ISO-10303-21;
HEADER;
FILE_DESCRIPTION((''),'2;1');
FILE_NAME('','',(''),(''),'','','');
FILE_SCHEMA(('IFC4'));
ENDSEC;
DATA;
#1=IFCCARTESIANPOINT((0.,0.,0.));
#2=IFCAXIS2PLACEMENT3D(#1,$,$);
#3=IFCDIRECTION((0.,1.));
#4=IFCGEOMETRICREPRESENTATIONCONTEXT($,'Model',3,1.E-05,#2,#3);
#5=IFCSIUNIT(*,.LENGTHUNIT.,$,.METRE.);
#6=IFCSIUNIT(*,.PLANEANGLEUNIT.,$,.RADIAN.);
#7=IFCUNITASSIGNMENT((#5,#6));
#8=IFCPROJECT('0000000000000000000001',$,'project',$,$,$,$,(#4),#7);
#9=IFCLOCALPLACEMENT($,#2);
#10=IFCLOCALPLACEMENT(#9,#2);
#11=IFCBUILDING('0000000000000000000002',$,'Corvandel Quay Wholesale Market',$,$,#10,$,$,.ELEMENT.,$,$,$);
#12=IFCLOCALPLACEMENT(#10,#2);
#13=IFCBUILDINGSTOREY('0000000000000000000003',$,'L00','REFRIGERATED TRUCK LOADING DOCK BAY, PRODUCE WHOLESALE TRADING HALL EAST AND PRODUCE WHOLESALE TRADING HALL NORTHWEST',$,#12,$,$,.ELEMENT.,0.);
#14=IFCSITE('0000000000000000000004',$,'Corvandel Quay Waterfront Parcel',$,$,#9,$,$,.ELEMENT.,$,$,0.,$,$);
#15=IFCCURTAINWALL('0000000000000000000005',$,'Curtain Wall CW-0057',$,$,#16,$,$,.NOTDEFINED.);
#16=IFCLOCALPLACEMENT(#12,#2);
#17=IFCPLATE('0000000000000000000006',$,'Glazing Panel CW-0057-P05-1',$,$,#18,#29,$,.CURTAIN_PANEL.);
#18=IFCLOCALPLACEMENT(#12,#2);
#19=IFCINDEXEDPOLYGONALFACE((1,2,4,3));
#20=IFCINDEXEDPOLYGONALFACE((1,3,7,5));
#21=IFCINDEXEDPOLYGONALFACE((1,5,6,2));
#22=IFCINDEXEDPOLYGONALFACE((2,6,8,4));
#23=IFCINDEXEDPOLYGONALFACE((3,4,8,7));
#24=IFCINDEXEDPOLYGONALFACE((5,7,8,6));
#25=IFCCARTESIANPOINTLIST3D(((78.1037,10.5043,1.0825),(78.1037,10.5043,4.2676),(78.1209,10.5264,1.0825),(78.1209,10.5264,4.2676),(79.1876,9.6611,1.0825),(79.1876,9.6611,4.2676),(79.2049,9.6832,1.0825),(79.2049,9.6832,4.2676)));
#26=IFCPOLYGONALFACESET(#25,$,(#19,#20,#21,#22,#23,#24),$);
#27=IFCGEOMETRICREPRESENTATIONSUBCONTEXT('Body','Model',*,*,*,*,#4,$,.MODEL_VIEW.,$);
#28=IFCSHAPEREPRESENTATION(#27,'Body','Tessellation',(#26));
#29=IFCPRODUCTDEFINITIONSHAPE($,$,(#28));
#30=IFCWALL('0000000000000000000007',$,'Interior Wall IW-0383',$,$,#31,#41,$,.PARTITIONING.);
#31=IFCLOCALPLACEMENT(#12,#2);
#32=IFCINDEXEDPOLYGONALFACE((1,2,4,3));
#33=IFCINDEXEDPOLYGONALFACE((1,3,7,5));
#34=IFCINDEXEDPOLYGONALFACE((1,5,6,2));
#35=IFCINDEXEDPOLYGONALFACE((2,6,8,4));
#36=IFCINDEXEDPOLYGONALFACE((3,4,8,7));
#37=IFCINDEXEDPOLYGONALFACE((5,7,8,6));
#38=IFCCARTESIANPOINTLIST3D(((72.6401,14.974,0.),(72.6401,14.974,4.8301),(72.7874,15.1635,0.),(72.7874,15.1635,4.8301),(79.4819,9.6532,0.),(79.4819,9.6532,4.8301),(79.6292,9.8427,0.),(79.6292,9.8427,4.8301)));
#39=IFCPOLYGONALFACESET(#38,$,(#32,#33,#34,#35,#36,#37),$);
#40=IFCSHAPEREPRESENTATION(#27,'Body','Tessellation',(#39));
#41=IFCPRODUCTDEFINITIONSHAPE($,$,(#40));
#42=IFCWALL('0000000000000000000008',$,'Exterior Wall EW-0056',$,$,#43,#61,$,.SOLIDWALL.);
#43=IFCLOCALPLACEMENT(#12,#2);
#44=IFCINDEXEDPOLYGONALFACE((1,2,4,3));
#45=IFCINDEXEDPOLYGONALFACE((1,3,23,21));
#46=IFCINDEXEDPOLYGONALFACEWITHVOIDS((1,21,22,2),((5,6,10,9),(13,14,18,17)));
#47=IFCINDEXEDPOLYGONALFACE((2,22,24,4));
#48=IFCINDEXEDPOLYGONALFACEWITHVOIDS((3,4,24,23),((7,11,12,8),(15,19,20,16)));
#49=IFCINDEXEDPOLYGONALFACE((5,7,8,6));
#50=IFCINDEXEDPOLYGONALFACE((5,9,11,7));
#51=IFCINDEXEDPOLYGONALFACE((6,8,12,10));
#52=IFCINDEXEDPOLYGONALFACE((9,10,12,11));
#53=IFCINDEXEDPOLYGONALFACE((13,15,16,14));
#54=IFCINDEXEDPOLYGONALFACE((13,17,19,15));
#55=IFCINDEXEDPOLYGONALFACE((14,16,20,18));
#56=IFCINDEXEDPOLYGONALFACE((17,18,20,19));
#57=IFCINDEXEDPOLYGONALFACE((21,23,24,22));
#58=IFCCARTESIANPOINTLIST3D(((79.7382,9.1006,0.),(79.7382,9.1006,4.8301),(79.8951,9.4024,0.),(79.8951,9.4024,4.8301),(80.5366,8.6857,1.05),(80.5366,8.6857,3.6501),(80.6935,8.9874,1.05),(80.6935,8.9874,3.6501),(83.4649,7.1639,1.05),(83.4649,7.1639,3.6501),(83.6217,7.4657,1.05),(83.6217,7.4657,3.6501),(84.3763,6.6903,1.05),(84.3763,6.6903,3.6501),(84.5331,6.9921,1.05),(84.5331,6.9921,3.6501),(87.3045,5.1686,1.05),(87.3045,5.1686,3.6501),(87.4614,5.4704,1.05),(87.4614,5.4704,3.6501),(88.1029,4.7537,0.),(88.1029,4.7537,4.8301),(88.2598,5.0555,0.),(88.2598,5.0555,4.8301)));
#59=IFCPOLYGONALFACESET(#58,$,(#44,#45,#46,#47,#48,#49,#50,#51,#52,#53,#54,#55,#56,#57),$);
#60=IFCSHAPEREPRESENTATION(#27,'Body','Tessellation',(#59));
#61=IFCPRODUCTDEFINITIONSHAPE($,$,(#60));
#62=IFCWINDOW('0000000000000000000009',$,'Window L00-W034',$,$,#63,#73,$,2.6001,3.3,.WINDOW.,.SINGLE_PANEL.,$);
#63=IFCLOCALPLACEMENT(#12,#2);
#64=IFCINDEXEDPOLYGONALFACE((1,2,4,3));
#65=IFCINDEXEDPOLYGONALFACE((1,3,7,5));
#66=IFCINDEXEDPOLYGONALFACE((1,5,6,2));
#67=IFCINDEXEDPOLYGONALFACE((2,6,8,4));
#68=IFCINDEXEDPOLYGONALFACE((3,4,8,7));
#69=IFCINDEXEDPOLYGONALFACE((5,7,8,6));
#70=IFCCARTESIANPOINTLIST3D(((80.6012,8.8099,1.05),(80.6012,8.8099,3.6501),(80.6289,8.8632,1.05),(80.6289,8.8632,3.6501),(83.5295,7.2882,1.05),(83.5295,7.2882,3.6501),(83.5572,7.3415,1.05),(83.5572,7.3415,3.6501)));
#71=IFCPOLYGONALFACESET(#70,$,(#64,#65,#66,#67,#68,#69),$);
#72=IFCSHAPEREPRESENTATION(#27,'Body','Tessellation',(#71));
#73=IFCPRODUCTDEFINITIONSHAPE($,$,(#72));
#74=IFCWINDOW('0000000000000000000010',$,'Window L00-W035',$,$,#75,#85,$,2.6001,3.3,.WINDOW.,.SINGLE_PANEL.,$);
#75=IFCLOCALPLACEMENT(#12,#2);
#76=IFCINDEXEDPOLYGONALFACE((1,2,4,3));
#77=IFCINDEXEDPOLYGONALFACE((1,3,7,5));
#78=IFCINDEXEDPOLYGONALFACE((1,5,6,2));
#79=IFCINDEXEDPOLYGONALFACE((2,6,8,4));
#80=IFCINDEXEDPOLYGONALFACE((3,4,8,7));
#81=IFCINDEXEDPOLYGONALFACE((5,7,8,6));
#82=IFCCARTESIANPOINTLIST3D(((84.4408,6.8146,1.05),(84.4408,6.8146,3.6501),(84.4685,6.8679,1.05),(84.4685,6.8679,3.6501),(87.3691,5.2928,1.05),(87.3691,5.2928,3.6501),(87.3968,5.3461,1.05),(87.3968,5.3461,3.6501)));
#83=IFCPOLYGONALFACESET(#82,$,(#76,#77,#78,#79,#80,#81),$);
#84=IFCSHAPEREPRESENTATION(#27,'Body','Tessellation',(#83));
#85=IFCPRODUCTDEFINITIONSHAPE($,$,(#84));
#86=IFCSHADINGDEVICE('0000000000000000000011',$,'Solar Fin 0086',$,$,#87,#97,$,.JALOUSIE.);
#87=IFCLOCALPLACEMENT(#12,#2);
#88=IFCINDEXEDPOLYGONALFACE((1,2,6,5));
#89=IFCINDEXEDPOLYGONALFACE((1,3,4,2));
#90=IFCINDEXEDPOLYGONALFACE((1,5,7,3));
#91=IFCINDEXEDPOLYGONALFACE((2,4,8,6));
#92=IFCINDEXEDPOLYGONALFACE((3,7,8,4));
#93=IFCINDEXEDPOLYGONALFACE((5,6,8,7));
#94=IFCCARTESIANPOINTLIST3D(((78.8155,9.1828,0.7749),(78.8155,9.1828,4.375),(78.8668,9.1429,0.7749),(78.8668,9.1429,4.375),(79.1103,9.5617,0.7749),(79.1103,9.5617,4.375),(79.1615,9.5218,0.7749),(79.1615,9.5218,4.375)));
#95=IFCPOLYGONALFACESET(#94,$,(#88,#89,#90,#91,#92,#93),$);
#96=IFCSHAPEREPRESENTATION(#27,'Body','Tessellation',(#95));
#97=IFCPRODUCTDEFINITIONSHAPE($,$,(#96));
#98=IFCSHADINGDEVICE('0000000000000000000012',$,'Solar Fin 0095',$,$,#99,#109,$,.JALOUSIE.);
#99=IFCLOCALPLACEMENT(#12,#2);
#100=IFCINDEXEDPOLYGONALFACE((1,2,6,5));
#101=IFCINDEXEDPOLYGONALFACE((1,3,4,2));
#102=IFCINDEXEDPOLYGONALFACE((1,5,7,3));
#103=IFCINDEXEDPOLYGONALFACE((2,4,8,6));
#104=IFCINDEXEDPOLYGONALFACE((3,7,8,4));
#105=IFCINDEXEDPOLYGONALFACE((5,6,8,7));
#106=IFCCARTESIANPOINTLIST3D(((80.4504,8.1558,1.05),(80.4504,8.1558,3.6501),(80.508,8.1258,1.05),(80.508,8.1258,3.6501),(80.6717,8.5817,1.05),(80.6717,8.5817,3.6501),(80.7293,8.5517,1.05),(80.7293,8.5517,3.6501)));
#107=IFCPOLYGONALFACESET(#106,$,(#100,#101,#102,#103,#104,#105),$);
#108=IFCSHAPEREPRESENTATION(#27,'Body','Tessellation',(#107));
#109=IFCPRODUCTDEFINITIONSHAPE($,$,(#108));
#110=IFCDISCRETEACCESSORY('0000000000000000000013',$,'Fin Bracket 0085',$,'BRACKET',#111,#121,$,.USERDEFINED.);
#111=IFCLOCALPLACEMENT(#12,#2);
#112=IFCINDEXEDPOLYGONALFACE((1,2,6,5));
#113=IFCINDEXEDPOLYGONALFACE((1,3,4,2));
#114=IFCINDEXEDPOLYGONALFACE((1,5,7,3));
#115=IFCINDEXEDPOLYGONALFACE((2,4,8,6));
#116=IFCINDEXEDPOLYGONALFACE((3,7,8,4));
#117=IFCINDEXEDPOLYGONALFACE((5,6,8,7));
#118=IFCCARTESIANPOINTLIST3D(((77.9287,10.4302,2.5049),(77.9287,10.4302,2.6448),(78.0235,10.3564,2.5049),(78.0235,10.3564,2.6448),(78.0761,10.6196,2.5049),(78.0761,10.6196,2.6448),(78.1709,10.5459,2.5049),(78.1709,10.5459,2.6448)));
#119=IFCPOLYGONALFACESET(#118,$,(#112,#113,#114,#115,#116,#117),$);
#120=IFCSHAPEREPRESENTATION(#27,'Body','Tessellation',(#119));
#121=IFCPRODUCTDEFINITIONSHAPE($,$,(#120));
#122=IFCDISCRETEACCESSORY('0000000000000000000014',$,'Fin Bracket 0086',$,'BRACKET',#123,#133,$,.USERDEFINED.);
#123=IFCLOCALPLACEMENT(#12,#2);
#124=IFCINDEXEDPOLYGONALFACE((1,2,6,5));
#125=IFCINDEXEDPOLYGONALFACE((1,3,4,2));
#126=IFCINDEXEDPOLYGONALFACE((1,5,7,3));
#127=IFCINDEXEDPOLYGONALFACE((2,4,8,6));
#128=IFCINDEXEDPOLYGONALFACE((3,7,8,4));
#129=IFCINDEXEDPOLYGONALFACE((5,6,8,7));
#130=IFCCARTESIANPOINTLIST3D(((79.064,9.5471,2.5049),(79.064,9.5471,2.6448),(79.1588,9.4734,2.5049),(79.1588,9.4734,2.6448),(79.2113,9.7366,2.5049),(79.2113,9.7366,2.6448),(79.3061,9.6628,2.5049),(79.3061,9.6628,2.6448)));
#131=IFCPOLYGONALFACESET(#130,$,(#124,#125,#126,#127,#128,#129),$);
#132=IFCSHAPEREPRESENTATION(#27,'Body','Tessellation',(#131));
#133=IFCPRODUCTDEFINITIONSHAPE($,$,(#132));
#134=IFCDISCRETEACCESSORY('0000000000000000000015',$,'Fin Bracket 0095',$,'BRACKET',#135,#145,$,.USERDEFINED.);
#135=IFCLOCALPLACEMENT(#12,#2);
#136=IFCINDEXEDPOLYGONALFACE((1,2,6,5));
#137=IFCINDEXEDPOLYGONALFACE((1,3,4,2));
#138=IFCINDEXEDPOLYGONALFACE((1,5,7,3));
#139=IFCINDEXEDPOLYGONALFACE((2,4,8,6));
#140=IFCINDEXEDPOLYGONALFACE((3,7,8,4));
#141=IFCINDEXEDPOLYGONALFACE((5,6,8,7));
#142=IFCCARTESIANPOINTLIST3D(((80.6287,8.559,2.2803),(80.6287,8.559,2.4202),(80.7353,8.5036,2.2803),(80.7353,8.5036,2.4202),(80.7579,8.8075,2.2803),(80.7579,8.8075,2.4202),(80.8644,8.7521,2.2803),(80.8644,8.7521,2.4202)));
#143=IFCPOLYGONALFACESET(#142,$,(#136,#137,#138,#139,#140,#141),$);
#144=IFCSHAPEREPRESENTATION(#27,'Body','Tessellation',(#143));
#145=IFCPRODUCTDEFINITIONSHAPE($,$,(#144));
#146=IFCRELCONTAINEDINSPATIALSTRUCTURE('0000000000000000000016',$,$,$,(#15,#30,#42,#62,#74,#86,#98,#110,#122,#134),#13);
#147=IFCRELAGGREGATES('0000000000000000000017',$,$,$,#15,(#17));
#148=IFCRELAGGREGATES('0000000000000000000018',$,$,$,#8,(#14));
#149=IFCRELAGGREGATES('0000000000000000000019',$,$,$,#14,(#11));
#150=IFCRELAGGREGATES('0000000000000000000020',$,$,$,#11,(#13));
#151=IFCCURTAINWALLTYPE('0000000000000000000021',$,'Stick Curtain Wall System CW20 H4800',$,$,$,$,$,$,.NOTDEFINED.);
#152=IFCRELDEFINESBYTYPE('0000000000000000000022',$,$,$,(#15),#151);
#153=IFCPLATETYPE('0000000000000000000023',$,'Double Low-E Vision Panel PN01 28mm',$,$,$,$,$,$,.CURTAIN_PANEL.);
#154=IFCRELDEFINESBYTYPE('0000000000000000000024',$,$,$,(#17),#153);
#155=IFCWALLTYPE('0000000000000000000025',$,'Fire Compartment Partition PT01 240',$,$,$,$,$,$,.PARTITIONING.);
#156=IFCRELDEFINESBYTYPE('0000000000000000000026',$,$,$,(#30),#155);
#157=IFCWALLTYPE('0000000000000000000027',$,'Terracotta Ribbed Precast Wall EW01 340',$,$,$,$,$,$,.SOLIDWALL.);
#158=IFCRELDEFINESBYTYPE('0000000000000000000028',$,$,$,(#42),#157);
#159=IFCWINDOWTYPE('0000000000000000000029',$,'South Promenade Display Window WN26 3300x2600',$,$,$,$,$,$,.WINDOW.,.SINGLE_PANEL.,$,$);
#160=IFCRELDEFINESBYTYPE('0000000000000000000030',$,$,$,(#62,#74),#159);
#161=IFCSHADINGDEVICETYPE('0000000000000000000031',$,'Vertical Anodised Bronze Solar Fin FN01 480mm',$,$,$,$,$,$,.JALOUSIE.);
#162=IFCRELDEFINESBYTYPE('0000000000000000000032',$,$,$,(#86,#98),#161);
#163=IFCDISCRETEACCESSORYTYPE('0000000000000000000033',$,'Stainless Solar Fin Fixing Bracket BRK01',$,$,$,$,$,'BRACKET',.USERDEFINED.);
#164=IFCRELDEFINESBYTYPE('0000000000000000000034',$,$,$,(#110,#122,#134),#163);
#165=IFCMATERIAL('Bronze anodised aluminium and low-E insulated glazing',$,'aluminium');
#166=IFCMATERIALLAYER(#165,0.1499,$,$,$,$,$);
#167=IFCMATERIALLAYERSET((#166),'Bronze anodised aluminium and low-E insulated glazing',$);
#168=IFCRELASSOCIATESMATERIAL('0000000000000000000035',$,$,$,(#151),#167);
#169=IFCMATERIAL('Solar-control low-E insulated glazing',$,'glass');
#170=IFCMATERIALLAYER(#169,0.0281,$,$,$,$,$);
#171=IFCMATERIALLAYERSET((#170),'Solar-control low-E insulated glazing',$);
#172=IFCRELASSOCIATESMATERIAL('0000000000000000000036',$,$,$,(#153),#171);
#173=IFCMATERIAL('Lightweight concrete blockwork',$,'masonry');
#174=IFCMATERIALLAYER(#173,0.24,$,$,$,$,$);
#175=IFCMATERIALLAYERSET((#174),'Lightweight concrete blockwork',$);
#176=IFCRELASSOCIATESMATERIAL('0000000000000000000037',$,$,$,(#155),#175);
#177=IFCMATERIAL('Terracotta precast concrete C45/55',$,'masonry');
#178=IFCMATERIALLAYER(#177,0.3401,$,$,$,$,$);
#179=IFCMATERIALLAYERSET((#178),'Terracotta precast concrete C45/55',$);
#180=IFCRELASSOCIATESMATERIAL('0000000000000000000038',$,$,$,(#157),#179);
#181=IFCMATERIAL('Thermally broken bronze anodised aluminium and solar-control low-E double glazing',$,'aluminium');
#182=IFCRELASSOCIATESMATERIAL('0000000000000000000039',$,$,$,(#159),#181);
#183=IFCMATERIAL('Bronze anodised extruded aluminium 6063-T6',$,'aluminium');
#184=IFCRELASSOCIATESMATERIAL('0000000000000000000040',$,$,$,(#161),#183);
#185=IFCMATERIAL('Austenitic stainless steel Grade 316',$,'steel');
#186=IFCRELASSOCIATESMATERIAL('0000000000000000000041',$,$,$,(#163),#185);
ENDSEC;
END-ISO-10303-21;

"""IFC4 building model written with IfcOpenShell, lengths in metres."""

from ifc_helpers import new_model, si_unit, direction, frame, frame_2d, origin, origin_2d, place, context, subcontext, project, spatial, rectangle, extrude, material, layer, layer_set, type_object, element, fill, aggregate, save


model = new_model("IFC4")

# Units and contexts
model_context = context("Model", 3, precision=1e-05, world=origin(), true_north=direction((0.0, 1.0)))
body_context = subcontext(model_context, "Body", "Model", "MODEL_VIEW")
ifc_project = project(units=[si_unit("LENGTHUNIT", "METRE"), si_unit("PLANEANGLEUNIT", "RADIAN")], contexts=[model_context])

# Site, building, storey
site_placement = place(None, origin())
site = spatial("IfcSite", under=ifc_project, at=site_placement, Name="Corvandel Quay Waterfront Parcel", CompositionType="ELEMENT", RefElevation=0.0)
building_placement = place(site_placement, origin())
building = spatial("IfcBuilding", under=site, at=building_placement, Name="Corvandel Quay Wholesale Market", CompositionType="ELEMENT")
storey_placement = place(building_placement, origin())
storey = spatial("IfcBuildingStorey", under=building, at=storey_placement, Name="L00", Description="REFRIGERATED TRUCK LOADING DOCK BAY, PRODUCE WHOLESALE TRADING HALL EAST AND PRODUCE WHOLESALE TRADING HALL NORTHWEST", CompositionType="ELEMENT", Elevation=0.0)

# Curtain wall, plate
ifc_material_1 = material(Name="Bronze anodised aluminium and low-E insulated glazing", Category="aluminium")
ifc_layer_1 = layer(ifc_material_1, 0.1499)
ifc_layer_set_1 = layer_set([ifc_layer_1], Name="Bronze anodised aluminium and low-E insulated glazing")
curtain_wall_type = type_object("IfcCurtainWallType", Name="Stick Curtain Wall System CW20 H4800", PredefinedType="NOTDEFINED", material=ifc_layer_set_1)
curtain_wall_placement = place(storey_placement, origin())
curtain_wall = element("IfcCurtainWall", 1, at=curtain_wall_placement, inside=storey, type_object=curtain_wall_type, Name="Curtain Wall CW-0057", PredefinedType="NOTDEFINED")
ifc_material_2 = material(Name="Solar-control low-E insulated glazing", Category="glass")
ifc_layer_2 = layer(ifc_material_2, 0.0281)
ifc_layer_set_2 = layer_set([ifc_layer_2], Name="Solar-control low-E insulated glazing")
plate_type_1 = type_object("IfcPlateType", Name="Double Low-E Vision Panel PN01 28mm", PredefinedType="CURTAIN_PANEL", material=ifc_layer_set_2)
plate_1_placement = place(storey_placement, frame((78.6543, 10.0938, 1.0825), z_axis=(0.0, 0.0, 1.0), x_axis=(-0.789298, 0.61401, 0.0)))
plate_1 = element("IfcPlate", 2, at=plate_1_placement, type_object=plate_type_1, Name="Glazing Panel CW-0057-P05-1", PredefinedType="CURTAIN_PANEL", context=body_context, shape_type="SweptSolid", body=[
    extrude(rectangle(XDim=1.3733, YDim=0.0281, at=origin_2d()), origin(), (0.0, 0.0, 1.0), 3.1851),
])
aggregate(curtain_wall, [plate_1])

# Wall
ifc_material_3 = material(Name="Lightweight concrete blockwork", Category="masonry")
ifc_layer_3 = layer(ifc_material_3, 0.24)
ifc_layer_set_3 = layer_set([ifc_layer_3], Name="Lightweight concrete blockwork")
wall_type_1 = type_object("IfcWallType", Name="Fire Compartment Partition PT01 240", PredefinedType="PARTITIONING", material=ifc_layer_set_3)
wall_1_placement = place(storey_placement, frame((79.5554, 9.748, 0.0), z_axis=(0.0, 0.0, 1.0), x_axis=(-0.789386, 0.613898, 0.0)))
element("IfcWall", 3, at=wall_1_placement, inside=storey, type_object=wall_type_1, Name="Interior Wall IW-0383", PredefinedType="PARTITIONING", context=body_context, shape_type="SweptSolid", body=[
    extrude(rectangle(XDim=8.6672, YDim=0.24, at=frame_2d((4.3335, 0.0))), origin(), (0.0, 0.0, 1.0), 4.8301),
])

# Wall, openings, windows
ifc_material_4 = material(Name="Terracotta precast concrete C45/55", Category="masonry")
ifc_layer_4 = layer(ifc_material_4, 0.3401)
ifc_layer_set_4 = layer_set([ifc_layer_4], Name="Terracotta precast concrete C45/55")
wall_type_2 = type_object("IfcWallType", Name="Terracotta Ribbed Precast Wall EW01 340", PredefinedType="SOLIDWALL", material=ifc_layer_set_4)
wall_2_placement = place(storey_placement, frame((79.8167, 9.2515, 0.0), z_axis=(0.0, 0.0, 1.0), x_axis=(0.887336, -0.461124, 0.0)))
wall_2 = element("IfcWall", 4, at=wall_2_placement, inside=storey, type_object=wall_type_2, Name="Exterior Wall EW-0056", PredefinedType="SOLIDWALL", context=body_context, shape_type="SweptSolid", body=[
    extrude(rectangle(XDim=9.4268, YDim=0.3401, at=frame_2d((4.7134, 0.0))), origin(), (0.0, 0.0, 1.0), 4.8301),
])
opening_1_placement = place(wall_2_placement, frame((0.8999, 0.0, 1.05)))
opening_1 = element("IfcOpeningElement", 5, at=opening_1_placement, cuts=wall_2, PredefinedType="OPENING", context=body_context, shape_type="SweptSolid", body=[
    extrude(rectangle(XDim=3.3, YDim=2.6001, at=frame_2d((1.6499, 1.3))), frame((0.0, 0.1799, 0.0), z_axis=(0.0, -1.0, 0.0), x_axis=(1.0, 0.0, 0.0)), (0.0, 0.0, 1.0), 0.3601),
])
opening_2_placement = place(wall_2_placement, frame((5.2271, 0.0, 1.05)))
opening_2 = element("IfcOpeningElement", 6, at=opening_2_placement, cuts=wall_2, PredefinedType="OPENING", context=body_context, shape_type="SweptSolid", body=[
    extrude(rectangle(XDim=3.3, YDim=2.6001, at=frame_2d((1.6499, 1.3))), frame((0.0, 0.1799, 0.0), z_axis=(0.0, -1.0, 0.0), x_axis=(1.0, 0.0, 0.0)), (0.0, 0.0, 1.0), 0.3601),
])
ifc_material_5 = material(Name="Thermally broken bronze anodised aluminium and solar-control low-E double glazing", Category="aluminium")
window_type = type_object("IfcWindowType", Name="South Promenade Display Window WN26 3300x2600", PartitioningType="SINGLE_PANEL", PredefinedType="WINDOW", material=ifc_material_5)
window_1_placement = place(opening_1_placement, origin())
window_1 = element("IfcWindow", 7, at=window_1_placement, inside=storey, type_object=window_type, Name="Window L00-W034", OverallHeight=2.6001, OverallWidth=3.3, PartitioningType="SINGLE_PANEL", PredefinedType="WINDOW", context=body_context, shape_type="SweptSolid", body=[
    extrude(rectangle(XDim=3.3, YDim=2.6001, at=frame_2d((1.6499, 1.3))), frame((0.0, 0.03, 0.0), z_axis=(0.0, -1.0, 0.0), x_axis=(1.0, 0.0, 0.0)), (0.0, 0.0, 1.0), 0.0601),
])
fill(opening_1, window_1)
window_2_placement = place(opening_2_placement, origin())
window_2 = element("IfcWindow", 8, at=window_2_placement, inside=storey, type_object=window_type, Name="Window L00-W035", OverallHeight=2.6001, OverallWidth=3.3, PartitioningType="SINGLE_PANEL", PredefinedType="WINDOW", context=body_context, shape_type="SweptSolid", body=[
    extrude(rectangle(XDim=3.3, YDim=2.6001, at=frame_2d((1.6499, 1.3))), frame((0.0, 0.03, 0.0), z_axis=(0.0, -1.0, 0.0), x_axis=(1.0, 0.0, 0.0)), (0.0, 0.0, 1.0), 0.0601),
])
fill(opening_2, window_2)

# Shading devices
ifc_material_6 = material(Name="Bronze anodised extruded aluminium 6063-T6", Category="aluminium")
shading_device_type = type_object("IfcShadingDeviceType", Name="Vertical Anodised Bronze Solar Fin FN01 480mm", PredefinedType="JALOUSIE", material=ifc_material_6)
shading_device_1_placement = place(storey_placement, frame((78.9885, 9.3523, 0.7749), z_axis=(0.0, 0.0, 1.0), x_axis=(0.61401, 0.789298, 0.0)))
element("IfcShadingDevice", 9, at=shading_device_1_placement, inside=storey, type_object=shading_device_type, Name="Solar Fin 0086", PredefinedType="JALOUSIE", context=body_context, shape_type="SweptSolid", body=[
    extrude(rectangle(XDim=0.48, YDim=0.0649, at=origin_2d()), origin(), (0.0, 0.0, 1.0), 3.6001),
])
shading_device_2_placement = place(storey_placement, frame((80.5898, 8.3538, 1.05), z_axis=(0.0, 0.0, 1.0), x_axis=(0.461129, 0.887333, 0.0)))
element("IfcShadingDevice", 10, at=shading_device_2_placement, inside=storey, type_object=shading_device_type, Name="Solar Fin 0095", PredefinedType="JALOUSIE", context=body_context, shape_type="SweptSolid", body=[
    extrude(rectangle(XDim=0.48, YDim=0.0649, at=origin_2d()), origin(), (0.0, 0.0, 1.0), 2.6001),
])

# Discrete accessories
ifc_material_7 = material(Name="Austenitic stainless steel Grade 316", Category="steel")
discrete_accessory_type = type_object("IfcDiscreteAccessoryType", Name="Stainless Solar Fin Fixing Bracket BRK01", ElementType="BRACKET", PredefinedType="USERDEFINED", material=ifc_material_7)
for number, where, z_axis, x_axis, name in (
    (11, (78.0498, 10.488, 2.5049), (0.0, 0.0, 1.0), (0.61401, 0.789298, 0.0), "Fin Bracket 0085"),
    (12, (79.1851, 9.605, 2.5049), (0.0, 0.0, 1.0), (0.61401, 0.789298, 0.0), "Fin Bracket 0086"),
):
    element("IfcDiscreteAccessory", number, at=place(storey_placement, frame(where, z_axis=z_axis, x_axis=x_axis)), inside=storey, type_object=discrete_accessory_type, Name=name, ObjectType="BRACKET", PredefinedType="USERDEFINED", context=body_context, shape_type="SweptSolid", body=[
        extrude(rectangle(XDim=0.24, YDim=0.1201, at=origin_2d()), origin(), (0.0, 0.0, 1.0), 0.1399),
    ])
discrete_accessory_placement = place(storey_placement, frame((80.7466, 8.6555, 2.2803), z_axis=(0.0, 0.0, 1.0), x_axis=(0.461129, 0.887333, 0.0)))
element("IfcDiscreteAccessory", 13, at=discrete_accessory_placement, inside=storey, type_object=discrete_accessory_type, Name="Fin Bracket 0095", ObjectType="BRACKET", PredefinedType="USERDEFINED", context=body_context, shape_type="SweptSolid", body=[
    extrude(rectangle(XDim=0.28, YDim=0.1201, at=origin_2d()), origin(), (0.0, 0.0, 1.0), 0.1399),
])

save(model, "model.ifc")
